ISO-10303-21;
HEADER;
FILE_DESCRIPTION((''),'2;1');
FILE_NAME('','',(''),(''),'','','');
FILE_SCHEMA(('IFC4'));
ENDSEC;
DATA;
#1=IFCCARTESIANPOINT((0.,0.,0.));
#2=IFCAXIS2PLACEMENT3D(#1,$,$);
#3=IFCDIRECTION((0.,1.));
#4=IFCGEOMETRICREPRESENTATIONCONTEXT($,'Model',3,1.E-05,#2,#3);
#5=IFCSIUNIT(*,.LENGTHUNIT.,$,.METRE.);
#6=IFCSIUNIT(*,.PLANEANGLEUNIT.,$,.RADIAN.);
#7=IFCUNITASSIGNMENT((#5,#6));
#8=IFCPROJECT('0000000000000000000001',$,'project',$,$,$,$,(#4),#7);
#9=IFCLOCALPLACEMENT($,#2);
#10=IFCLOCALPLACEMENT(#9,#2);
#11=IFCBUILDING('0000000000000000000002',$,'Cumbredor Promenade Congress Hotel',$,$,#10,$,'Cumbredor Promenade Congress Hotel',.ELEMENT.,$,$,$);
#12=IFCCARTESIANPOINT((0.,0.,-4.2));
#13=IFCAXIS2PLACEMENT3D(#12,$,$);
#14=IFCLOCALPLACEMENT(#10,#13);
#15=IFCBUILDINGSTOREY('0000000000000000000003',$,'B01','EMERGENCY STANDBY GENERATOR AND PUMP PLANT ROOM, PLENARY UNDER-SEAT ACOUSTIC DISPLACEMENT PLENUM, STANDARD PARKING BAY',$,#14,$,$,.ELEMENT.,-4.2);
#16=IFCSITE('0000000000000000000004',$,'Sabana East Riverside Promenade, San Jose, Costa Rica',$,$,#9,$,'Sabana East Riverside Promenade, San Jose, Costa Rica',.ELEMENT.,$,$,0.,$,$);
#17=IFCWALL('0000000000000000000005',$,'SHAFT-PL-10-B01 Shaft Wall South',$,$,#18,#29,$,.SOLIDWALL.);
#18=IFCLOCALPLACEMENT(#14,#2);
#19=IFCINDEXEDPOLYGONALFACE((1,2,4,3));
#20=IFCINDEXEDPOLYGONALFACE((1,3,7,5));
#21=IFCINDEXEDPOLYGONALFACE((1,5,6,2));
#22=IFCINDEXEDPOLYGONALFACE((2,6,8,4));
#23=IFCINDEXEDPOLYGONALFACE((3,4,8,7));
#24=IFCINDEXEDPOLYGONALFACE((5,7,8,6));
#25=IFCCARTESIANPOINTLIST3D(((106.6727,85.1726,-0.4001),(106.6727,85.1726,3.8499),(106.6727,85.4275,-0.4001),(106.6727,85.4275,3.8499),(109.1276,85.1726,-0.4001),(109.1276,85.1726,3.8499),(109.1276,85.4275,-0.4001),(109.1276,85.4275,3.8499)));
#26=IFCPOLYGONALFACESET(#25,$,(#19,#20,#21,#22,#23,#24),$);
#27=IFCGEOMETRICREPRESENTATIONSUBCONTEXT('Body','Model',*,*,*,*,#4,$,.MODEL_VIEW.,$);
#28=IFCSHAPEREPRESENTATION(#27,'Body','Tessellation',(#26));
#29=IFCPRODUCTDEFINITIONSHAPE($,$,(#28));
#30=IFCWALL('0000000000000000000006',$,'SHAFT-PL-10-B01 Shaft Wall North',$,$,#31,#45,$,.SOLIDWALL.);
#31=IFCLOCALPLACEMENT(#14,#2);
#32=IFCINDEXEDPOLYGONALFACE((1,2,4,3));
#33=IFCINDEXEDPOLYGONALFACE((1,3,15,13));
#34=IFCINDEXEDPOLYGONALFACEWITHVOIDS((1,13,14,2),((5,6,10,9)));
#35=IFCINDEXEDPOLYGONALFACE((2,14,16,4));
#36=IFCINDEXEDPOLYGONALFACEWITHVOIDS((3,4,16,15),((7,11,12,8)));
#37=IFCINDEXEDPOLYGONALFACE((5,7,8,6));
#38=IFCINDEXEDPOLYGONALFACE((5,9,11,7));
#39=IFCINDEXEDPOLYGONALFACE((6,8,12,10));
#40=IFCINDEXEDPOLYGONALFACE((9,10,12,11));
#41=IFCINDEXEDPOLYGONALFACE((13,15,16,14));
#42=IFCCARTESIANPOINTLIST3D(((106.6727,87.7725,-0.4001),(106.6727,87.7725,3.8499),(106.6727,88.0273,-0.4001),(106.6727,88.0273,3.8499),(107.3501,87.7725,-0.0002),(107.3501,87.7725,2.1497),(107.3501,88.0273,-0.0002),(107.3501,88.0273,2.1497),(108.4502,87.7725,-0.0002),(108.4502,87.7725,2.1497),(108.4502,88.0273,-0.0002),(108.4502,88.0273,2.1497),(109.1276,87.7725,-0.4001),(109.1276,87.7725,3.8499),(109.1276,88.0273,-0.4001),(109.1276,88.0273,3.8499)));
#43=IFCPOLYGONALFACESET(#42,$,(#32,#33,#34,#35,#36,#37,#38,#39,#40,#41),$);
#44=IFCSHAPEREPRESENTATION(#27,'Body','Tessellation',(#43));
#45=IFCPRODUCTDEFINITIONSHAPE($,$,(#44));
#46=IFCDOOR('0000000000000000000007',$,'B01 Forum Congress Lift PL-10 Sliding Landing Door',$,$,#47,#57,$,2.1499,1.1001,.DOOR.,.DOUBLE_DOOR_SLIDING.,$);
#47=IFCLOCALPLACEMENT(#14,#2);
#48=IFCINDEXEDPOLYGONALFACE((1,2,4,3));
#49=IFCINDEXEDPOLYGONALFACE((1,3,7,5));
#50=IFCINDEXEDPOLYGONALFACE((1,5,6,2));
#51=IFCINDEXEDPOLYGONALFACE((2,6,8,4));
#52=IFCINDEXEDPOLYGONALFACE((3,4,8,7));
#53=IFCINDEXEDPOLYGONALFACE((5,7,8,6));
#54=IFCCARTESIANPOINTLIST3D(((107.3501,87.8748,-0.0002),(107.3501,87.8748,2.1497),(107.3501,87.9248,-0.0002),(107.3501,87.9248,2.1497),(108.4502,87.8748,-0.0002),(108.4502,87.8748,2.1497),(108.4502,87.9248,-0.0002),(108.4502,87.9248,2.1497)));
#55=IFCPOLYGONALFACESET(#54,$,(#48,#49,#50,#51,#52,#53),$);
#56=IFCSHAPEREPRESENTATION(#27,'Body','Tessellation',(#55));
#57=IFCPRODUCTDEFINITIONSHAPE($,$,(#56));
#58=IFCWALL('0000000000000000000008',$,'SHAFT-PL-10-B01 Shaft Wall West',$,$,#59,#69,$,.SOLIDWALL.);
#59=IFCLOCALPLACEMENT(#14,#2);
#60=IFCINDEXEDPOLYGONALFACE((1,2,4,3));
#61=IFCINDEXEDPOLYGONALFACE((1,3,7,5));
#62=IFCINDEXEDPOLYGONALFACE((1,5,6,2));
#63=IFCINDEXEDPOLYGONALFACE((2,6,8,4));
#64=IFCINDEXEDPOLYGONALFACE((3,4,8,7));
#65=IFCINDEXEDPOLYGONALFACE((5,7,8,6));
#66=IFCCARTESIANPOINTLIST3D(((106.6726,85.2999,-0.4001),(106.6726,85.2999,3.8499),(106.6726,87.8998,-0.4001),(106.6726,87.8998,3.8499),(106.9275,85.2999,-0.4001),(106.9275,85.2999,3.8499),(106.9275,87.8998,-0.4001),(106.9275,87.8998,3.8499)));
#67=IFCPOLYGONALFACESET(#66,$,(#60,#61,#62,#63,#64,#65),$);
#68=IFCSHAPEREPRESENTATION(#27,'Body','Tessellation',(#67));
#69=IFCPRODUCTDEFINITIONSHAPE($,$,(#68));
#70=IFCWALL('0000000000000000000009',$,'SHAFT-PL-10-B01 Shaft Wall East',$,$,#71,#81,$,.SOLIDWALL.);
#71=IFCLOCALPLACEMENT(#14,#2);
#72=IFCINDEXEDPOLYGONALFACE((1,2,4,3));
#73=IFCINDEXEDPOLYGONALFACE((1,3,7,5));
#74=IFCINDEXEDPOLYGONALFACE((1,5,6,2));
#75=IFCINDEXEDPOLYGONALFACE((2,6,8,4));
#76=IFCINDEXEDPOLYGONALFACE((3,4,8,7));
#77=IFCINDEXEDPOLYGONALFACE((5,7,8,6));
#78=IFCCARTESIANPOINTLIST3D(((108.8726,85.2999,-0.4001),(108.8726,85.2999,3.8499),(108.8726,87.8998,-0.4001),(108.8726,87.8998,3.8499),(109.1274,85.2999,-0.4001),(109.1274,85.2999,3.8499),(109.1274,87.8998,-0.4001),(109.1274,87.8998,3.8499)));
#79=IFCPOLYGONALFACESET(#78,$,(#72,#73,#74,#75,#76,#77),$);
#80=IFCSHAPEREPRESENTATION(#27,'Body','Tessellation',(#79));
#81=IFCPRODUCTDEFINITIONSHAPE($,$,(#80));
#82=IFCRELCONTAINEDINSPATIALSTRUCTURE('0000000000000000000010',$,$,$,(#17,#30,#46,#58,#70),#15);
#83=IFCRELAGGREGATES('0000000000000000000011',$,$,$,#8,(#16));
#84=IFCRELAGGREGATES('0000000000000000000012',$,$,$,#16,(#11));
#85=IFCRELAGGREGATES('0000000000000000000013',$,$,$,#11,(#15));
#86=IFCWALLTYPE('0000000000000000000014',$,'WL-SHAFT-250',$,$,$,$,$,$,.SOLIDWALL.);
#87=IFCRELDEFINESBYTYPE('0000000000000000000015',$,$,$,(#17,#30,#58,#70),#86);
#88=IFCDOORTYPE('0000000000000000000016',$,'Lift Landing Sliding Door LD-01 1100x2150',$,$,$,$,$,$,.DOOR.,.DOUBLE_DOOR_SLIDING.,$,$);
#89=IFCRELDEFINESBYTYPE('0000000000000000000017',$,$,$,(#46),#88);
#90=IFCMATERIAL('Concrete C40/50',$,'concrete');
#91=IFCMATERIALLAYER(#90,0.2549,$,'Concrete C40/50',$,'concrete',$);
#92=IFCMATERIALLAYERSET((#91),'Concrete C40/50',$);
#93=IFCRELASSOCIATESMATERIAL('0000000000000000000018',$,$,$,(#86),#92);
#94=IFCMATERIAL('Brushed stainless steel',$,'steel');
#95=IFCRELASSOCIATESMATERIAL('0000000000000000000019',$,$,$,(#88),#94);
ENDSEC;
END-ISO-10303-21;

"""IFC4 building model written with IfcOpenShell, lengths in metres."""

from ifc_helpers import new_model, si_unit, direction, frame, frame_2d, origin, place, context, subcontext, project, spatial, rectangle, extrude, material, layer, layer_set, type_object, element, fill, save


model = new_model("IFC4")

# Units and contexts
model_context = context("Model", 3, precision=1e-05, world=origin(), true_north=direction((0.0, 1.0)))
body_context = subcontext(model_context, "Body", "Model", "MODEL_VIEW")
ifc_project = project(units=[si_unit("LENGTHUNIT", "METRE"), si_unit("PLANEANGLEUNIT", "RADIAN")], contexts=[model_context])

# Site, building, storey
site_placement = place(None, origin())
site = spatial("IfcSite", under=ifc_project, at=site_placement, Name="Sabana East Riverside Promenade, San Jose, Costa Rica", LongName="Sabana East Riverside Promenade, San Jose, Costa Rica", CompositionType="ELEMENT", RefElevation=0.0)
building_placement = place(site_placement, origin())
building = spatial("IfcBuilding", under=site, at=building_placement, Name="Cumbredor Promenade Congress Hotel", LongName="Cumbredor Promenade Congress Hotel", CompositionType="ELEMENT")
storey_placement = place(building_placement, frame((0.0, 0.0, -4.2)))
storey = spatial("IfcBuildingStorey", under=building, at=storey_placement, Name="B01", Description="EMERGENCY STANDBY GENERATOR AND PUMP PLANT ROOM, PLENARY UNDER-SEAT ACOUSTIC DISPLACEMENT PLENUM, STANDARD PARKING BAY", CompositionType="ELEMENT", Elevation=-4.2)

# Shared definitions
ifc_material_1 = material(Name="Concrete C40/50", Category="concrete")

# Wall
ifc_layer = layer(ifc_material_1, 0.2549, Name="Concrete C40/50", Category="concrete")
ifc_layer_set = layer_set([ifc_layer], Name="Concrete C40/50")
wall_type = type_object("IfcWallType", Name="WL-SHAFT-250", PredefinedType="SOLIDWALL", material=ifc_layer_set)
wall_1_placement = place(storey_placement, frame((106.6726, 85.3, -0.4001), z_axis=(0.0, 0.0, 1.0), x_axis=(1.0, 0.0, 0.0)))
element("IfcWall", 1, at=wall_1_placement, inside=storey, type_object=wall_type, Name="SHAFT-PL-10-B01 Shaft Wall South", PredefinedType="SOLIDWALL", context=body_context, shape_type="SweptSolid", body=[
    extrude(rectangle(XDim=2.4548, YDim=0.2549, at=frame_2d((1.2275, 0.0))), origin(), (0.0, 0.0, 1.0), 4.25),
])

# Wall, opening, door
wall_2_placement = place(storey_placement, frame((106.6726, 87.8999, -0.4001), z_axis=(0.0, 0.0, 1.0), x_axis=(1.0, 0.0, 0.0)))
wall_2 = element("IfcWall", 2, at=wall_2_placement, inside=storey, type_object=wall_type, Name="SHAFT-PL-10-B01 Shaft Wall North", PredefinedType="SOLIDWALL", context=body_context, shape_type="SweptSolid", body=[
    extrude(rectangle(XDim=2.4548, YDim=0.2549, at=frame_2d((1.2275, 0.0))), origin(), (0.0, 0.0, 1.0), 4.25),
])
opening_placement = place(wall_2_placement, frame((0.6775, 0.0, 0.3999)))
opening = element("IfcOpeningElement", 3, at=opening_placement, cuts=wall_2, PredefinedType="OPENING", context=body_context, shape_type="SweptSolid", body=[
    extrude(rectangle(XDim=1.1001, YDim=2.1499, at=frame_2d((0.55, 1.075))), frame((0.0, 0.1375, 0.0), z_axis=(0.0, -1.0, 0.0), x_axis=(1.0, 0.0, 0.0)), (0.0, 0.0, 1.0), 0.2749),
])
ifc_material_2 = material(Name="Brushed stainless steel", Category="steel")
door_type = type_object("IfcDoorType", Name="Lift Landing Sliding Door LD-01 1100x2150", OperationType="DOUBLE_DOOR_SLIDING", PredefinedType="DOOR", material=ifc_material_2)
door_placement = place(opening_placement, origin())
door = element("IfcDoor", 4, at=door_placement, inside=storey, type_object=door_type, Name="B01 Forum Congress Lift PL-10 Sliding Landing Door", OperationType="DOUBLE_DOOR_SLIDING", OverallHeight=2.1499, OverallWidth=1.1001, PredefinedType="DOOR", context=body_context, shape_type="SweptSolid", body=[
    extrude(rectangle(XDim=1.1001, YDim=2.1499, at=frame_2d((0.55, 1.075))), frame((0.0, 0.0249, 0.0), z_axis=(0.0, -1.0, 0.0), x_axis=(1.0, 0.0, 0.0)), (0.0, 0.0, 1.0), 0.05),
])
fill(opening, door)

# Walls
for number, where, z_axis, x_axis, name in (
    (5, (106.8, 85.3, -0.4001), (0.0, 0.0, 1.0), (0.0, 1.0, 0.0), "SHAFT-PL-10-B01 Shaft Wall West"),
    (6, (109.0, 85.3, -0.4001), (0.0, 0.0, 1.0), (0.0, 1.0, 0.0), "SHAFT-PL-10-B01 Shaft Wall East"),
):
    element("IfcWall", number, at=place(storey_placement, frame(where, z_axis=z_axis, x_axis=x_axis)), inside=storey, type_object=wall_type, Name=name, PredefinedType="SOLIDWALL", context=body_context, shape_type="SweptSolid", body=[
        extrude(rectangle(XDim=2.5999, YDim=0.2549, at=frame_2d((1.2998, 0.0))), origin(), (0.0, 0.0, 1.0), 4.25),
    ])

save(model, "model.ifc")
